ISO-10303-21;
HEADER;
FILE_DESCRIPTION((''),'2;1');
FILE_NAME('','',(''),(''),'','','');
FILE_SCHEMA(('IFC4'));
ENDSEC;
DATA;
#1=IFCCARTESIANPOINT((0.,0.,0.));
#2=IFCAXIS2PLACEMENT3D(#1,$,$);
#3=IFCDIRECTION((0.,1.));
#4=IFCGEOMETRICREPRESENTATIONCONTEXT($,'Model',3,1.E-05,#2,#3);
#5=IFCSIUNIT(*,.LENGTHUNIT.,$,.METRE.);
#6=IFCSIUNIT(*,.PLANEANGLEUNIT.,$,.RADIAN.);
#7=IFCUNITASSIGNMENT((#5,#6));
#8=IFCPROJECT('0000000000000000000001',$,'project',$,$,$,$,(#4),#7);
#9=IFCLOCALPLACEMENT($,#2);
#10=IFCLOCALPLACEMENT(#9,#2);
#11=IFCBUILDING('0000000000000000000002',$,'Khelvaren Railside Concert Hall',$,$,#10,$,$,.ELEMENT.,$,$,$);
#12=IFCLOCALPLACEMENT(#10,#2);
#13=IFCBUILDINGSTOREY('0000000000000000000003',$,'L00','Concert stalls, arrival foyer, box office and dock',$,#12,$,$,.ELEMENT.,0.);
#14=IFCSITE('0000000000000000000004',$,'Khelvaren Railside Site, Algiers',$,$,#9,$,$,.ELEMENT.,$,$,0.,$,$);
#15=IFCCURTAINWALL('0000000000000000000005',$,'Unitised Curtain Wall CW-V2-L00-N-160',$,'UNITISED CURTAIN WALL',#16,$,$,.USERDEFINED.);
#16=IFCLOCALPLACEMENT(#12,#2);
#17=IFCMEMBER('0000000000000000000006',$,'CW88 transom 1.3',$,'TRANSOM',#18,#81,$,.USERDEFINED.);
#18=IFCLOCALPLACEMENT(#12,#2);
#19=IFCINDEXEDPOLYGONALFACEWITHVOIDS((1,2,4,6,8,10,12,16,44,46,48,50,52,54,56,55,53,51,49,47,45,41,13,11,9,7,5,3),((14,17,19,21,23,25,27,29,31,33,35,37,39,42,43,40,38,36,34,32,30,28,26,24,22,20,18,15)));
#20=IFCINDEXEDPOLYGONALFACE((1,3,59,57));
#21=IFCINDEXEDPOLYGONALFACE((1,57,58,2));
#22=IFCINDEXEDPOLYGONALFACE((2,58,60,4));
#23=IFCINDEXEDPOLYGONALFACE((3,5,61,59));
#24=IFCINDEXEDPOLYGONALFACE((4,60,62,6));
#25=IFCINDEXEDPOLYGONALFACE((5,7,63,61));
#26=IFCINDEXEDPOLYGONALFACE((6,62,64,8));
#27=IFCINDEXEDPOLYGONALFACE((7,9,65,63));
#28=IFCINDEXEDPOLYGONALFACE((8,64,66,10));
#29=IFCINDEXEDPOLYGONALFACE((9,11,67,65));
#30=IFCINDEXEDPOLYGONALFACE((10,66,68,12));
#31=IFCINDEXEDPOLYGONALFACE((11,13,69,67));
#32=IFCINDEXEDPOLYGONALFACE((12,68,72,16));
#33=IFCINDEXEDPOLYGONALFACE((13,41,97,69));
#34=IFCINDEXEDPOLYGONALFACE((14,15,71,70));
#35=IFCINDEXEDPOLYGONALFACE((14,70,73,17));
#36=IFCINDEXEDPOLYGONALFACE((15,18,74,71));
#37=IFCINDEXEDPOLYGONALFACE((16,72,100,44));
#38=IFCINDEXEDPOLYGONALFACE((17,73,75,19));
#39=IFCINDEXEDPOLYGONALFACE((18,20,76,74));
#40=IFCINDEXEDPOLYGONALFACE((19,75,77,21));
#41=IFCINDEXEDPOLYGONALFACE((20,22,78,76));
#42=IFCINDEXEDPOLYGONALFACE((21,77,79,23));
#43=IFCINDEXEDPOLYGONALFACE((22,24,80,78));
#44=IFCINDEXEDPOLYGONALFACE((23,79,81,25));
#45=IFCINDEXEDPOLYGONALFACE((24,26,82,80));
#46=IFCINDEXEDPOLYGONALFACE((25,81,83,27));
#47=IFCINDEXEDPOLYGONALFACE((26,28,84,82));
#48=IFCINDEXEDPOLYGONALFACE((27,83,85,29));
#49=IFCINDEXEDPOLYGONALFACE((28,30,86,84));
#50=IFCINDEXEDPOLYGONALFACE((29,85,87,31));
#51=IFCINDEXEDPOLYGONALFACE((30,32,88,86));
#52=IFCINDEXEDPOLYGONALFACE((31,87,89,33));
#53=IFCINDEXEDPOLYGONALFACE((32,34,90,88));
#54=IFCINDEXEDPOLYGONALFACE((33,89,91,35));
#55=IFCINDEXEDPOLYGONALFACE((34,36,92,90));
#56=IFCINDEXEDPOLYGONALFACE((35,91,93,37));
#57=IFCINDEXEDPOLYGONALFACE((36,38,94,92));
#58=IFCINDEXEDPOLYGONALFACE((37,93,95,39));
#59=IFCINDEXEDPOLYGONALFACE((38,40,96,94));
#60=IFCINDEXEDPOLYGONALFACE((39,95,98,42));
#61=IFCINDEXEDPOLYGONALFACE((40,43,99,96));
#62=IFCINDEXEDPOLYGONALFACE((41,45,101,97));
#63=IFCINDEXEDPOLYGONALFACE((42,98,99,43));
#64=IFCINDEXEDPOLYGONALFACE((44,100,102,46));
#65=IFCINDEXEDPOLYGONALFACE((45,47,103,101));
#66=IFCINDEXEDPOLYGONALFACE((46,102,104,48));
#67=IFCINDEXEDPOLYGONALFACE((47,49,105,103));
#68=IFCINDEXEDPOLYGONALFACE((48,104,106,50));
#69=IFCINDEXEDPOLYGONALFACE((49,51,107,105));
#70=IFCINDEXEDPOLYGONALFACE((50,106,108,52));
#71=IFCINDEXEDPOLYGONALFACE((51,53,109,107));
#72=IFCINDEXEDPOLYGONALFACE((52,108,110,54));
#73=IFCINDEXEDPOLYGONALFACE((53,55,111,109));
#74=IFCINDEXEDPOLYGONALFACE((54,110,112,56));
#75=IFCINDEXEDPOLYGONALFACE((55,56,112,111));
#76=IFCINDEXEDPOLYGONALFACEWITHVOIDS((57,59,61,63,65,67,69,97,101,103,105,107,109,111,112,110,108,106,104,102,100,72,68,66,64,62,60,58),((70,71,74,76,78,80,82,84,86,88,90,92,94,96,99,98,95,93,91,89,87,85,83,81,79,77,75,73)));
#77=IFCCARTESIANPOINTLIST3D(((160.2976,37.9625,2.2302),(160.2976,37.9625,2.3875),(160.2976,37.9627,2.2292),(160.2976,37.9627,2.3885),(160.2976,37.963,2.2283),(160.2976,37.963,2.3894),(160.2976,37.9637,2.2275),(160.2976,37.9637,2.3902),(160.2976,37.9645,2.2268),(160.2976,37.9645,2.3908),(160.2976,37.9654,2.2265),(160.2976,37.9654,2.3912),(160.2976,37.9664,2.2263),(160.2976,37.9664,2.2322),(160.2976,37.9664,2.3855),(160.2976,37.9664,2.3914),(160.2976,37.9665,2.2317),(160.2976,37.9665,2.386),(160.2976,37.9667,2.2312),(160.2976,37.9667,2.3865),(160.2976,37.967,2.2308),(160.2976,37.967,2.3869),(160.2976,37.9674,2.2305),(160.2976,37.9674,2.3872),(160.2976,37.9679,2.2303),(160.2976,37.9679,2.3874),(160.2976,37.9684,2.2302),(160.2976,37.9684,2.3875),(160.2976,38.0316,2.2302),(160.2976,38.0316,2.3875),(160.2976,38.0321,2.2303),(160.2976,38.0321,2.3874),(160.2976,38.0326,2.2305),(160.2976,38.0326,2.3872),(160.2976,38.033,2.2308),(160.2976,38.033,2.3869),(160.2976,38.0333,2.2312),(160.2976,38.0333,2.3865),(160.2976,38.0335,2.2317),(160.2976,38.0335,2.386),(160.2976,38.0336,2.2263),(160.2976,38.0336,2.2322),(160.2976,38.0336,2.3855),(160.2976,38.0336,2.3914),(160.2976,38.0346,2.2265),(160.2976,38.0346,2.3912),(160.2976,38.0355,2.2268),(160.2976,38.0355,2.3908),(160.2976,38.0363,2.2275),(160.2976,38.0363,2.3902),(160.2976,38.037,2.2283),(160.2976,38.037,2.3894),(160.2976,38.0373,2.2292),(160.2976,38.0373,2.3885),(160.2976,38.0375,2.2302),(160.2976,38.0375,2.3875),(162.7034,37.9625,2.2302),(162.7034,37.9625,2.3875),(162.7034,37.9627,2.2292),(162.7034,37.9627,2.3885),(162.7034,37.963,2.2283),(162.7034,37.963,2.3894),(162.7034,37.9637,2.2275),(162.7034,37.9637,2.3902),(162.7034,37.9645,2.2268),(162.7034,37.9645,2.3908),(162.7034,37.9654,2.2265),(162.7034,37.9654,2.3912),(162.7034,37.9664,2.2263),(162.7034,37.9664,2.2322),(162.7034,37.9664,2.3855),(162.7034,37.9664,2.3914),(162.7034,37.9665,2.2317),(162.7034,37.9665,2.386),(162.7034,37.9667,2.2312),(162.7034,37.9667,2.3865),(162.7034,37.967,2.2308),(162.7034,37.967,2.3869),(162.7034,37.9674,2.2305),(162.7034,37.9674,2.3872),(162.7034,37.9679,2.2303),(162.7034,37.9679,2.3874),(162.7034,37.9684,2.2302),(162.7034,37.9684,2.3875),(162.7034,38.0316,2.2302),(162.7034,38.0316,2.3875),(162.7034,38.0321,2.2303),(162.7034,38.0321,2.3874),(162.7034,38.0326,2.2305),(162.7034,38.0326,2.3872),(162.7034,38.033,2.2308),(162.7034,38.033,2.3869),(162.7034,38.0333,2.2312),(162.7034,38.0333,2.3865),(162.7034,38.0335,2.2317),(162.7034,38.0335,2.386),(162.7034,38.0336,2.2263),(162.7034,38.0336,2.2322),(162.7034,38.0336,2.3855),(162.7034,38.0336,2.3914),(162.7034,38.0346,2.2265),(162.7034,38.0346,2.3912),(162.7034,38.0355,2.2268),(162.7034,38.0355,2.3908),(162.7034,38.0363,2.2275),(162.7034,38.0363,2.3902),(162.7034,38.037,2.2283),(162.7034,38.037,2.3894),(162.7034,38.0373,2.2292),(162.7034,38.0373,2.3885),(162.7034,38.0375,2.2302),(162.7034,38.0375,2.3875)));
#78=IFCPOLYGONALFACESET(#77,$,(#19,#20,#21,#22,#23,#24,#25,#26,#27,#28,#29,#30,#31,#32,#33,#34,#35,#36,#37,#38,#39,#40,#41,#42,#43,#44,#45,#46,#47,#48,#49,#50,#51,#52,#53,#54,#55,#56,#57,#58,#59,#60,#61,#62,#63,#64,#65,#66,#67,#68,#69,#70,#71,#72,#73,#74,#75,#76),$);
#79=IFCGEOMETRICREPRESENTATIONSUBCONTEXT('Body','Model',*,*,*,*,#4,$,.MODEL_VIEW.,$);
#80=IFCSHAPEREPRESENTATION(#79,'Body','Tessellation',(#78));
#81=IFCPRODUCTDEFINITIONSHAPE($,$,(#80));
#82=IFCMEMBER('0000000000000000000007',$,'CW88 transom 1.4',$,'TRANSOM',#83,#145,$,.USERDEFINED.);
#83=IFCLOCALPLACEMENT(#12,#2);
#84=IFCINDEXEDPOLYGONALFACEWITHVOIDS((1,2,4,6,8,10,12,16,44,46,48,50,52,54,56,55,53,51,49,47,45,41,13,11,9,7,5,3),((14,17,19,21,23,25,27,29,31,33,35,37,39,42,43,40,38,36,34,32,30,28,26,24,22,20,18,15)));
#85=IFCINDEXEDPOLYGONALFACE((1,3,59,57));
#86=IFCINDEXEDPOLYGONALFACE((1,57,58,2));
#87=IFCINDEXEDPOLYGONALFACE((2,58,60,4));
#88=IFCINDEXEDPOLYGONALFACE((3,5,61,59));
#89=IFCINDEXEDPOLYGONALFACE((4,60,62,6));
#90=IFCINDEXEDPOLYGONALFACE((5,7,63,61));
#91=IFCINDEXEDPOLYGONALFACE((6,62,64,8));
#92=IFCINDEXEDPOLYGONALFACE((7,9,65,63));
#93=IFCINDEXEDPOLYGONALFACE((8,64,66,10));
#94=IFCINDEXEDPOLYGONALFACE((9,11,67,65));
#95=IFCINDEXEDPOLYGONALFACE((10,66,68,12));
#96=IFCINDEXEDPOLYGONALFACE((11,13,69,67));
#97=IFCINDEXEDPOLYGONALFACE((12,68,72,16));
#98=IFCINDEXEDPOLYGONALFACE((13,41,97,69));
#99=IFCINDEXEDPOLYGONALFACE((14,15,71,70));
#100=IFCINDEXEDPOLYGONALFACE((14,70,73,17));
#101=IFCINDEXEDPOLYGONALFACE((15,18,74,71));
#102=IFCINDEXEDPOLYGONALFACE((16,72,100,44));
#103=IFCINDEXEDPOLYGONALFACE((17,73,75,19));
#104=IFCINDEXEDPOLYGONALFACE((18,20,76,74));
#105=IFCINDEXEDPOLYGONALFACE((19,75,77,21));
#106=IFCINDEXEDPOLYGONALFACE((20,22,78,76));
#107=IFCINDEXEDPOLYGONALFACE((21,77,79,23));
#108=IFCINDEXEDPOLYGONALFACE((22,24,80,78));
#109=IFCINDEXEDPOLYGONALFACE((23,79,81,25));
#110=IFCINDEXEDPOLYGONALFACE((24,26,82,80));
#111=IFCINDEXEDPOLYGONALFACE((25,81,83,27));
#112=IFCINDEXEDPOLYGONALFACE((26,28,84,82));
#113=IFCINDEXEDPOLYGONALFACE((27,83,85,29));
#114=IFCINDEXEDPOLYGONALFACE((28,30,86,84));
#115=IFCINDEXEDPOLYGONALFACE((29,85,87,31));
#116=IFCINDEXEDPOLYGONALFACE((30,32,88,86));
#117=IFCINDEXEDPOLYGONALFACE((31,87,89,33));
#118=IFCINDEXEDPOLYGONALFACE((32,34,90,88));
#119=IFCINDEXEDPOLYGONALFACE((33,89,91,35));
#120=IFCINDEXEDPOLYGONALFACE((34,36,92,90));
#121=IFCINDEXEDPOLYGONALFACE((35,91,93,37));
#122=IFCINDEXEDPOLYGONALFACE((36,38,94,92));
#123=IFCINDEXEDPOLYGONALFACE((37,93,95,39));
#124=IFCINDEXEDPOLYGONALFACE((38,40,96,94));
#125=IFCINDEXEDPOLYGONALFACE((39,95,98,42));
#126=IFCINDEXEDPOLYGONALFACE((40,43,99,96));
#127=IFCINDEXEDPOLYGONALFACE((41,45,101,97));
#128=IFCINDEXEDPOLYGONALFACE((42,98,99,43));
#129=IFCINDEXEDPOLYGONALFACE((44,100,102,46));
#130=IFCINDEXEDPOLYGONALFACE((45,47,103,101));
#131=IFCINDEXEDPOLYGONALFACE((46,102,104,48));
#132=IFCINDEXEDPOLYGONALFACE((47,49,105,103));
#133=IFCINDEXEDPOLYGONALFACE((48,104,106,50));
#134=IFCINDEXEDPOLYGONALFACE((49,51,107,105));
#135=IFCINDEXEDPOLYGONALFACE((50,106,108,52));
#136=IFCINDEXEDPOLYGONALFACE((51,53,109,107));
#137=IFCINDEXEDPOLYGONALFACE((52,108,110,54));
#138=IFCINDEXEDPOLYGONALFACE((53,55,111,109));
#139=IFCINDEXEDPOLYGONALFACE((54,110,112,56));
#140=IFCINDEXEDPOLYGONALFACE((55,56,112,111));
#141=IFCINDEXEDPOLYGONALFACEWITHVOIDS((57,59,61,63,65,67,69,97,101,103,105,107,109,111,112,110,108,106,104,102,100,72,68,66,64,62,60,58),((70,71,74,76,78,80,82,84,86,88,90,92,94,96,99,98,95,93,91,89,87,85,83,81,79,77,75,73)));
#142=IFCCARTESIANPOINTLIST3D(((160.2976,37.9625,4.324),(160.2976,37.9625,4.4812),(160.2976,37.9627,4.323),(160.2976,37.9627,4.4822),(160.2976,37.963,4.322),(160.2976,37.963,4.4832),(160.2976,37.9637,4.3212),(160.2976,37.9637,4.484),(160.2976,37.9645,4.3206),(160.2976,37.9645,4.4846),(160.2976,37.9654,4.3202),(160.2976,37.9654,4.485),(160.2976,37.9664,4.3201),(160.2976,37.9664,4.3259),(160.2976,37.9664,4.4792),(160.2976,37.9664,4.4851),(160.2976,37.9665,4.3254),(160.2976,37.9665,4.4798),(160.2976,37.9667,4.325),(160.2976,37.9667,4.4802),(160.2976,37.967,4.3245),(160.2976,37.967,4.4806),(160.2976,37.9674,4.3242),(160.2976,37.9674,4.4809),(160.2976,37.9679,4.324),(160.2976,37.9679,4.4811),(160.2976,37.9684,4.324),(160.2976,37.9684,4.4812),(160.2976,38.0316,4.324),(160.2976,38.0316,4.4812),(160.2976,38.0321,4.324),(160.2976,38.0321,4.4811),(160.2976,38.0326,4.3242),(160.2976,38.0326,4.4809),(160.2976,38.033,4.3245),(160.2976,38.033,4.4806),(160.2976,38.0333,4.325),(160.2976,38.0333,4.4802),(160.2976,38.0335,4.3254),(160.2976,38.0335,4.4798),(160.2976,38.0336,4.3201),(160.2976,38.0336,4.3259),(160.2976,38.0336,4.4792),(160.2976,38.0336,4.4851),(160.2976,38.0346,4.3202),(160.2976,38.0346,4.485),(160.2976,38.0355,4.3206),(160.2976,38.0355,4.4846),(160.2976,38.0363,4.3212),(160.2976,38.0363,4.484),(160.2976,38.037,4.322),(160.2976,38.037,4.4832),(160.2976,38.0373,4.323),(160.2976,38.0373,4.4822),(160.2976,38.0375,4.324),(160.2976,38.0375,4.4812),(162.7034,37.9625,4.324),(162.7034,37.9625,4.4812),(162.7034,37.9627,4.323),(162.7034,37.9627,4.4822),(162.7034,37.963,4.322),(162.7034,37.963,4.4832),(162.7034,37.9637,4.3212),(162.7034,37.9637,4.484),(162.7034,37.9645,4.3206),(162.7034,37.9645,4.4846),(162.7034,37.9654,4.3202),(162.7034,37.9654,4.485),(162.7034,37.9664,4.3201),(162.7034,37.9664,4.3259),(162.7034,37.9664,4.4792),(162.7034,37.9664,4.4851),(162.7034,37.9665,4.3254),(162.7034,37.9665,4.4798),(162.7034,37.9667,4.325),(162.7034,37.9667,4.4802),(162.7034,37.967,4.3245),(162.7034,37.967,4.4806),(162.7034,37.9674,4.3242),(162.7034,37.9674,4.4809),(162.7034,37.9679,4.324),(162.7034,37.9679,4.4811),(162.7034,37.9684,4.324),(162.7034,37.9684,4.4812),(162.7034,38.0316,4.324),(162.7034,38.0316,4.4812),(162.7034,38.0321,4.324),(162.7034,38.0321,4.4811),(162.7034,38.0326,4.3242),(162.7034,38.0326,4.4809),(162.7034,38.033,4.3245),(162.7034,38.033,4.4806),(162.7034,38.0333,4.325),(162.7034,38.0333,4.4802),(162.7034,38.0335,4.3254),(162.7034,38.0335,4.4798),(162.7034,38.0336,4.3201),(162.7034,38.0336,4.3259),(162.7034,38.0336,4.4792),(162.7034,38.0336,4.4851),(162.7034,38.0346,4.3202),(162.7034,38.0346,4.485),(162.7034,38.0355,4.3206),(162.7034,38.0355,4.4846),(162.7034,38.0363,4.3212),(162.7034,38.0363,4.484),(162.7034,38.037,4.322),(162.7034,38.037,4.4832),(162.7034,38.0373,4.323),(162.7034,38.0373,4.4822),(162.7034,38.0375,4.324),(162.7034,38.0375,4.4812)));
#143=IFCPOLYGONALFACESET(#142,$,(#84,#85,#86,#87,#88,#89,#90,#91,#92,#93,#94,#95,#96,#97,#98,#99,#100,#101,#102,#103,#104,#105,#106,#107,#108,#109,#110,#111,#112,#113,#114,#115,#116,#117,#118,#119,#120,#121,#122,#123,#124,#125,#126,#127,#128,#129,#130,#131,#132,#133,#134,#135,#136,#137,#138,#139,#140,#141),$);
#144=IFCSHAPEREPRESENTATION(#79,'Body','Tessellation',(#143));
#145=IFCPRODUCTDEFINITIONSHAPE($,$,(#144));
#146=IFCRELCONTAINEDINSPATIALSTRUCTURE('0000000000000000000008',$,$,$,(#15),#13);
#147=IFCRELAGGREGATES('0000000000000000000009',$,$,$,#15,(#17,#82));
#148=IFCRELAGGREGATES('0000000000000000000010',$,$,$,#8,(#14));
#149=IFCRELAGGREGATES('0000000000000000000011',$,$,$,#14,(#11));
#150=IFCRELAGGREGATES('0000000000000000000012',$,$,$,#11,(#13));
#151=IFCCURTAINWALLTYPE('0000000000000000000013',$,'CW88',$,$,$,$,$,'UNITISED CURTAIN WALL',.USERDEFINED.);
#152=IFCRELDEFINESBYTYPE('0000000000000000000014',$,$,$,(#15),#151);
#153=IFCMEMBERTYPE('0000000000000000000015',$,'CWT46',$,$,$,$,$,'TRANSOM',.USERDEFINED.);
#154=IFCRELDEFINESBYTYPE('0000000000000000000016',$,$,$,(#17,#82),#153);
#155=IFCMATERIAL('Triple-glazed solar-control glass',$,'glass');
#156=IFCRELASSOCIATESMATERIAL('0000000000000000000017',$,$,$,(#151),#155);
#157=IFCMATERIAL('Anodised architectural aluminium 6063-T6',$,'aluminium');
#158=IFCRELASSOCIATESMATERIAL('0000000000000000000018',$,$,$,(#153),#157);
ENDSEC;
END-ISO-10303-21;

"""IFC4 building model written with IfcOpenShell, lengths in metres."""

from ifc_helpers import new_model, si_unit, direction, frame, origin, origin_2d, place, context, subcontext, project, spatial, hollow_rectangle, extrude, material, material_profile, profile_set, type_object, element, aggregate, save


model = new_model("IFC4")

# Units and contexts
model_context = context("Model", 3, precision=1e-05, world=origin(), true_north=direction((0.0, 1.0)))
body_context = subcontext(model_context, "Body", "Model", "MODEL_VIEW")
ifc_project = project(units=[si_unit("LENGTHUNIT", "METRE"), si_unit("PLANEANGLEUNIT", "RADIAN")], contexts=[model_context])

# Site, building, storey
site_placement = place(None, origin())
site = spatial("IfcSite", under=ifc_project, at=site_placement, Name="Khelvaren Railside Site, Algiers", CompositionType="ELEMENT", RefElevation=0.0)
building_placement = place(site_placement, origin())
building = spatial("IfcBuilding", under=site, at=building_placement, Name="Khelvaren Railside Concert Hall", CompositionType="ELEMENT")
storey_placement = place(building_placement, origin())
storey = spatial("IfcBuildingStorey", under=building, at=storey_placement, Name="L00", Description="Concert stalls, arrival foyer, box office and dock", CompositionType="ELEMENT", Elevation=0.0)

# Curtain wall
ifc_material_1 = material(Name="Triple-glazed solar-control glass", Category="glass")
curtain_wall_type_1 = type_object("IfcCurtainWallType", Name="CW88", ElementType="UNITISED CURTAIN WALL", PredefinedType="USERDEFINED", material=ifc_material_1)
curtain_wall_1_placement = place(storey_placement, origin())
curtain_wall_1 = element("IfcCurtainWall", 1, at=curtain_wall_1_placement, inside=storey, type_object=curtain_wall_type_1, Name="Unitised Curtain Wall CW-V2-L00-N-160", ObjectType="UNITISED CURTAIN WALL", PredefinedType="USERDEFINED")
ifc_material_2 = material(Name="Anodised architectural aluminium 6063-T6", Category="aluminium")

# Members
ifc_material_profile_1 = material_profile(ifc_material_2, hollow_rectangle(XDim=0.075, YDim=0.165, WallThickness=0.0039, InnerFilletRadius=0.002, OuterFilletRadius=0.0039, at=origin_2d()), Name="CWT 75x165x4")
ifc_profile_set_1 = profile_set([ifc_material_profile_1], Name="Anodised architectural aluminium 6063-T6")
member_type_1 = type_object("IfcMemberType", Name="CWT46", ElementType="TRANSOM", PredefinedType="USERDEFINED", material=ifc_profile_set_1)
member_1_placement = place(storey_placement, frame((160.2976, 38.0, 2.3088), z_axis=(1.0, 0.0, 0.0), x_axis=(0.0, 1.0, 0.0)))
member_1 = element("IfcMember", 2, at=member_1_placement, type_object=member_type_1, Name="CW88 transom 1.3", ObjectType="TRANSOM", PredefinedType="USERDEFINED", context=body_context, shape_type="SweptSolid", body=[
    extrude(hollow_rectangle(XDim=0.075, YDim=0.165, WallThickness=0.0039, InnerFilletRadius=0.002, OuterFilletRadius=0.0039, at=origin_2d()), origin(), (0.0, 0.0, 1.0), 2.4058),
])
member_2_placement = place(storey_placement, frame((160.2976, 38.0, 4.4026), z_axis=(1.0, 0.0, 0.0), x_axis=(0.0, 1.0, 0.0)))
member_2 = element("IfcMember", 3, at=member_2_placement, type_object=member_type_1, Name="CW88 transom 1.4", ObjectType="TRANSOM", PredefinedType="USERDEFINED", context=body_context, shape_type="SweptSolid", body=[
    extrude(hollow_rectangle(XDim=0.075, YDim=0.165, WallThickness=0.0039, InnerFilletRadius=0.002, OuterFilletRadius=0.0039, at=origin_2d()), origin(), (0.0, 0.0, 1.0), 2.4058),
])

aggregate(curtain_wall_1, [member_1, member_2])

save(model, "model.ifc")
